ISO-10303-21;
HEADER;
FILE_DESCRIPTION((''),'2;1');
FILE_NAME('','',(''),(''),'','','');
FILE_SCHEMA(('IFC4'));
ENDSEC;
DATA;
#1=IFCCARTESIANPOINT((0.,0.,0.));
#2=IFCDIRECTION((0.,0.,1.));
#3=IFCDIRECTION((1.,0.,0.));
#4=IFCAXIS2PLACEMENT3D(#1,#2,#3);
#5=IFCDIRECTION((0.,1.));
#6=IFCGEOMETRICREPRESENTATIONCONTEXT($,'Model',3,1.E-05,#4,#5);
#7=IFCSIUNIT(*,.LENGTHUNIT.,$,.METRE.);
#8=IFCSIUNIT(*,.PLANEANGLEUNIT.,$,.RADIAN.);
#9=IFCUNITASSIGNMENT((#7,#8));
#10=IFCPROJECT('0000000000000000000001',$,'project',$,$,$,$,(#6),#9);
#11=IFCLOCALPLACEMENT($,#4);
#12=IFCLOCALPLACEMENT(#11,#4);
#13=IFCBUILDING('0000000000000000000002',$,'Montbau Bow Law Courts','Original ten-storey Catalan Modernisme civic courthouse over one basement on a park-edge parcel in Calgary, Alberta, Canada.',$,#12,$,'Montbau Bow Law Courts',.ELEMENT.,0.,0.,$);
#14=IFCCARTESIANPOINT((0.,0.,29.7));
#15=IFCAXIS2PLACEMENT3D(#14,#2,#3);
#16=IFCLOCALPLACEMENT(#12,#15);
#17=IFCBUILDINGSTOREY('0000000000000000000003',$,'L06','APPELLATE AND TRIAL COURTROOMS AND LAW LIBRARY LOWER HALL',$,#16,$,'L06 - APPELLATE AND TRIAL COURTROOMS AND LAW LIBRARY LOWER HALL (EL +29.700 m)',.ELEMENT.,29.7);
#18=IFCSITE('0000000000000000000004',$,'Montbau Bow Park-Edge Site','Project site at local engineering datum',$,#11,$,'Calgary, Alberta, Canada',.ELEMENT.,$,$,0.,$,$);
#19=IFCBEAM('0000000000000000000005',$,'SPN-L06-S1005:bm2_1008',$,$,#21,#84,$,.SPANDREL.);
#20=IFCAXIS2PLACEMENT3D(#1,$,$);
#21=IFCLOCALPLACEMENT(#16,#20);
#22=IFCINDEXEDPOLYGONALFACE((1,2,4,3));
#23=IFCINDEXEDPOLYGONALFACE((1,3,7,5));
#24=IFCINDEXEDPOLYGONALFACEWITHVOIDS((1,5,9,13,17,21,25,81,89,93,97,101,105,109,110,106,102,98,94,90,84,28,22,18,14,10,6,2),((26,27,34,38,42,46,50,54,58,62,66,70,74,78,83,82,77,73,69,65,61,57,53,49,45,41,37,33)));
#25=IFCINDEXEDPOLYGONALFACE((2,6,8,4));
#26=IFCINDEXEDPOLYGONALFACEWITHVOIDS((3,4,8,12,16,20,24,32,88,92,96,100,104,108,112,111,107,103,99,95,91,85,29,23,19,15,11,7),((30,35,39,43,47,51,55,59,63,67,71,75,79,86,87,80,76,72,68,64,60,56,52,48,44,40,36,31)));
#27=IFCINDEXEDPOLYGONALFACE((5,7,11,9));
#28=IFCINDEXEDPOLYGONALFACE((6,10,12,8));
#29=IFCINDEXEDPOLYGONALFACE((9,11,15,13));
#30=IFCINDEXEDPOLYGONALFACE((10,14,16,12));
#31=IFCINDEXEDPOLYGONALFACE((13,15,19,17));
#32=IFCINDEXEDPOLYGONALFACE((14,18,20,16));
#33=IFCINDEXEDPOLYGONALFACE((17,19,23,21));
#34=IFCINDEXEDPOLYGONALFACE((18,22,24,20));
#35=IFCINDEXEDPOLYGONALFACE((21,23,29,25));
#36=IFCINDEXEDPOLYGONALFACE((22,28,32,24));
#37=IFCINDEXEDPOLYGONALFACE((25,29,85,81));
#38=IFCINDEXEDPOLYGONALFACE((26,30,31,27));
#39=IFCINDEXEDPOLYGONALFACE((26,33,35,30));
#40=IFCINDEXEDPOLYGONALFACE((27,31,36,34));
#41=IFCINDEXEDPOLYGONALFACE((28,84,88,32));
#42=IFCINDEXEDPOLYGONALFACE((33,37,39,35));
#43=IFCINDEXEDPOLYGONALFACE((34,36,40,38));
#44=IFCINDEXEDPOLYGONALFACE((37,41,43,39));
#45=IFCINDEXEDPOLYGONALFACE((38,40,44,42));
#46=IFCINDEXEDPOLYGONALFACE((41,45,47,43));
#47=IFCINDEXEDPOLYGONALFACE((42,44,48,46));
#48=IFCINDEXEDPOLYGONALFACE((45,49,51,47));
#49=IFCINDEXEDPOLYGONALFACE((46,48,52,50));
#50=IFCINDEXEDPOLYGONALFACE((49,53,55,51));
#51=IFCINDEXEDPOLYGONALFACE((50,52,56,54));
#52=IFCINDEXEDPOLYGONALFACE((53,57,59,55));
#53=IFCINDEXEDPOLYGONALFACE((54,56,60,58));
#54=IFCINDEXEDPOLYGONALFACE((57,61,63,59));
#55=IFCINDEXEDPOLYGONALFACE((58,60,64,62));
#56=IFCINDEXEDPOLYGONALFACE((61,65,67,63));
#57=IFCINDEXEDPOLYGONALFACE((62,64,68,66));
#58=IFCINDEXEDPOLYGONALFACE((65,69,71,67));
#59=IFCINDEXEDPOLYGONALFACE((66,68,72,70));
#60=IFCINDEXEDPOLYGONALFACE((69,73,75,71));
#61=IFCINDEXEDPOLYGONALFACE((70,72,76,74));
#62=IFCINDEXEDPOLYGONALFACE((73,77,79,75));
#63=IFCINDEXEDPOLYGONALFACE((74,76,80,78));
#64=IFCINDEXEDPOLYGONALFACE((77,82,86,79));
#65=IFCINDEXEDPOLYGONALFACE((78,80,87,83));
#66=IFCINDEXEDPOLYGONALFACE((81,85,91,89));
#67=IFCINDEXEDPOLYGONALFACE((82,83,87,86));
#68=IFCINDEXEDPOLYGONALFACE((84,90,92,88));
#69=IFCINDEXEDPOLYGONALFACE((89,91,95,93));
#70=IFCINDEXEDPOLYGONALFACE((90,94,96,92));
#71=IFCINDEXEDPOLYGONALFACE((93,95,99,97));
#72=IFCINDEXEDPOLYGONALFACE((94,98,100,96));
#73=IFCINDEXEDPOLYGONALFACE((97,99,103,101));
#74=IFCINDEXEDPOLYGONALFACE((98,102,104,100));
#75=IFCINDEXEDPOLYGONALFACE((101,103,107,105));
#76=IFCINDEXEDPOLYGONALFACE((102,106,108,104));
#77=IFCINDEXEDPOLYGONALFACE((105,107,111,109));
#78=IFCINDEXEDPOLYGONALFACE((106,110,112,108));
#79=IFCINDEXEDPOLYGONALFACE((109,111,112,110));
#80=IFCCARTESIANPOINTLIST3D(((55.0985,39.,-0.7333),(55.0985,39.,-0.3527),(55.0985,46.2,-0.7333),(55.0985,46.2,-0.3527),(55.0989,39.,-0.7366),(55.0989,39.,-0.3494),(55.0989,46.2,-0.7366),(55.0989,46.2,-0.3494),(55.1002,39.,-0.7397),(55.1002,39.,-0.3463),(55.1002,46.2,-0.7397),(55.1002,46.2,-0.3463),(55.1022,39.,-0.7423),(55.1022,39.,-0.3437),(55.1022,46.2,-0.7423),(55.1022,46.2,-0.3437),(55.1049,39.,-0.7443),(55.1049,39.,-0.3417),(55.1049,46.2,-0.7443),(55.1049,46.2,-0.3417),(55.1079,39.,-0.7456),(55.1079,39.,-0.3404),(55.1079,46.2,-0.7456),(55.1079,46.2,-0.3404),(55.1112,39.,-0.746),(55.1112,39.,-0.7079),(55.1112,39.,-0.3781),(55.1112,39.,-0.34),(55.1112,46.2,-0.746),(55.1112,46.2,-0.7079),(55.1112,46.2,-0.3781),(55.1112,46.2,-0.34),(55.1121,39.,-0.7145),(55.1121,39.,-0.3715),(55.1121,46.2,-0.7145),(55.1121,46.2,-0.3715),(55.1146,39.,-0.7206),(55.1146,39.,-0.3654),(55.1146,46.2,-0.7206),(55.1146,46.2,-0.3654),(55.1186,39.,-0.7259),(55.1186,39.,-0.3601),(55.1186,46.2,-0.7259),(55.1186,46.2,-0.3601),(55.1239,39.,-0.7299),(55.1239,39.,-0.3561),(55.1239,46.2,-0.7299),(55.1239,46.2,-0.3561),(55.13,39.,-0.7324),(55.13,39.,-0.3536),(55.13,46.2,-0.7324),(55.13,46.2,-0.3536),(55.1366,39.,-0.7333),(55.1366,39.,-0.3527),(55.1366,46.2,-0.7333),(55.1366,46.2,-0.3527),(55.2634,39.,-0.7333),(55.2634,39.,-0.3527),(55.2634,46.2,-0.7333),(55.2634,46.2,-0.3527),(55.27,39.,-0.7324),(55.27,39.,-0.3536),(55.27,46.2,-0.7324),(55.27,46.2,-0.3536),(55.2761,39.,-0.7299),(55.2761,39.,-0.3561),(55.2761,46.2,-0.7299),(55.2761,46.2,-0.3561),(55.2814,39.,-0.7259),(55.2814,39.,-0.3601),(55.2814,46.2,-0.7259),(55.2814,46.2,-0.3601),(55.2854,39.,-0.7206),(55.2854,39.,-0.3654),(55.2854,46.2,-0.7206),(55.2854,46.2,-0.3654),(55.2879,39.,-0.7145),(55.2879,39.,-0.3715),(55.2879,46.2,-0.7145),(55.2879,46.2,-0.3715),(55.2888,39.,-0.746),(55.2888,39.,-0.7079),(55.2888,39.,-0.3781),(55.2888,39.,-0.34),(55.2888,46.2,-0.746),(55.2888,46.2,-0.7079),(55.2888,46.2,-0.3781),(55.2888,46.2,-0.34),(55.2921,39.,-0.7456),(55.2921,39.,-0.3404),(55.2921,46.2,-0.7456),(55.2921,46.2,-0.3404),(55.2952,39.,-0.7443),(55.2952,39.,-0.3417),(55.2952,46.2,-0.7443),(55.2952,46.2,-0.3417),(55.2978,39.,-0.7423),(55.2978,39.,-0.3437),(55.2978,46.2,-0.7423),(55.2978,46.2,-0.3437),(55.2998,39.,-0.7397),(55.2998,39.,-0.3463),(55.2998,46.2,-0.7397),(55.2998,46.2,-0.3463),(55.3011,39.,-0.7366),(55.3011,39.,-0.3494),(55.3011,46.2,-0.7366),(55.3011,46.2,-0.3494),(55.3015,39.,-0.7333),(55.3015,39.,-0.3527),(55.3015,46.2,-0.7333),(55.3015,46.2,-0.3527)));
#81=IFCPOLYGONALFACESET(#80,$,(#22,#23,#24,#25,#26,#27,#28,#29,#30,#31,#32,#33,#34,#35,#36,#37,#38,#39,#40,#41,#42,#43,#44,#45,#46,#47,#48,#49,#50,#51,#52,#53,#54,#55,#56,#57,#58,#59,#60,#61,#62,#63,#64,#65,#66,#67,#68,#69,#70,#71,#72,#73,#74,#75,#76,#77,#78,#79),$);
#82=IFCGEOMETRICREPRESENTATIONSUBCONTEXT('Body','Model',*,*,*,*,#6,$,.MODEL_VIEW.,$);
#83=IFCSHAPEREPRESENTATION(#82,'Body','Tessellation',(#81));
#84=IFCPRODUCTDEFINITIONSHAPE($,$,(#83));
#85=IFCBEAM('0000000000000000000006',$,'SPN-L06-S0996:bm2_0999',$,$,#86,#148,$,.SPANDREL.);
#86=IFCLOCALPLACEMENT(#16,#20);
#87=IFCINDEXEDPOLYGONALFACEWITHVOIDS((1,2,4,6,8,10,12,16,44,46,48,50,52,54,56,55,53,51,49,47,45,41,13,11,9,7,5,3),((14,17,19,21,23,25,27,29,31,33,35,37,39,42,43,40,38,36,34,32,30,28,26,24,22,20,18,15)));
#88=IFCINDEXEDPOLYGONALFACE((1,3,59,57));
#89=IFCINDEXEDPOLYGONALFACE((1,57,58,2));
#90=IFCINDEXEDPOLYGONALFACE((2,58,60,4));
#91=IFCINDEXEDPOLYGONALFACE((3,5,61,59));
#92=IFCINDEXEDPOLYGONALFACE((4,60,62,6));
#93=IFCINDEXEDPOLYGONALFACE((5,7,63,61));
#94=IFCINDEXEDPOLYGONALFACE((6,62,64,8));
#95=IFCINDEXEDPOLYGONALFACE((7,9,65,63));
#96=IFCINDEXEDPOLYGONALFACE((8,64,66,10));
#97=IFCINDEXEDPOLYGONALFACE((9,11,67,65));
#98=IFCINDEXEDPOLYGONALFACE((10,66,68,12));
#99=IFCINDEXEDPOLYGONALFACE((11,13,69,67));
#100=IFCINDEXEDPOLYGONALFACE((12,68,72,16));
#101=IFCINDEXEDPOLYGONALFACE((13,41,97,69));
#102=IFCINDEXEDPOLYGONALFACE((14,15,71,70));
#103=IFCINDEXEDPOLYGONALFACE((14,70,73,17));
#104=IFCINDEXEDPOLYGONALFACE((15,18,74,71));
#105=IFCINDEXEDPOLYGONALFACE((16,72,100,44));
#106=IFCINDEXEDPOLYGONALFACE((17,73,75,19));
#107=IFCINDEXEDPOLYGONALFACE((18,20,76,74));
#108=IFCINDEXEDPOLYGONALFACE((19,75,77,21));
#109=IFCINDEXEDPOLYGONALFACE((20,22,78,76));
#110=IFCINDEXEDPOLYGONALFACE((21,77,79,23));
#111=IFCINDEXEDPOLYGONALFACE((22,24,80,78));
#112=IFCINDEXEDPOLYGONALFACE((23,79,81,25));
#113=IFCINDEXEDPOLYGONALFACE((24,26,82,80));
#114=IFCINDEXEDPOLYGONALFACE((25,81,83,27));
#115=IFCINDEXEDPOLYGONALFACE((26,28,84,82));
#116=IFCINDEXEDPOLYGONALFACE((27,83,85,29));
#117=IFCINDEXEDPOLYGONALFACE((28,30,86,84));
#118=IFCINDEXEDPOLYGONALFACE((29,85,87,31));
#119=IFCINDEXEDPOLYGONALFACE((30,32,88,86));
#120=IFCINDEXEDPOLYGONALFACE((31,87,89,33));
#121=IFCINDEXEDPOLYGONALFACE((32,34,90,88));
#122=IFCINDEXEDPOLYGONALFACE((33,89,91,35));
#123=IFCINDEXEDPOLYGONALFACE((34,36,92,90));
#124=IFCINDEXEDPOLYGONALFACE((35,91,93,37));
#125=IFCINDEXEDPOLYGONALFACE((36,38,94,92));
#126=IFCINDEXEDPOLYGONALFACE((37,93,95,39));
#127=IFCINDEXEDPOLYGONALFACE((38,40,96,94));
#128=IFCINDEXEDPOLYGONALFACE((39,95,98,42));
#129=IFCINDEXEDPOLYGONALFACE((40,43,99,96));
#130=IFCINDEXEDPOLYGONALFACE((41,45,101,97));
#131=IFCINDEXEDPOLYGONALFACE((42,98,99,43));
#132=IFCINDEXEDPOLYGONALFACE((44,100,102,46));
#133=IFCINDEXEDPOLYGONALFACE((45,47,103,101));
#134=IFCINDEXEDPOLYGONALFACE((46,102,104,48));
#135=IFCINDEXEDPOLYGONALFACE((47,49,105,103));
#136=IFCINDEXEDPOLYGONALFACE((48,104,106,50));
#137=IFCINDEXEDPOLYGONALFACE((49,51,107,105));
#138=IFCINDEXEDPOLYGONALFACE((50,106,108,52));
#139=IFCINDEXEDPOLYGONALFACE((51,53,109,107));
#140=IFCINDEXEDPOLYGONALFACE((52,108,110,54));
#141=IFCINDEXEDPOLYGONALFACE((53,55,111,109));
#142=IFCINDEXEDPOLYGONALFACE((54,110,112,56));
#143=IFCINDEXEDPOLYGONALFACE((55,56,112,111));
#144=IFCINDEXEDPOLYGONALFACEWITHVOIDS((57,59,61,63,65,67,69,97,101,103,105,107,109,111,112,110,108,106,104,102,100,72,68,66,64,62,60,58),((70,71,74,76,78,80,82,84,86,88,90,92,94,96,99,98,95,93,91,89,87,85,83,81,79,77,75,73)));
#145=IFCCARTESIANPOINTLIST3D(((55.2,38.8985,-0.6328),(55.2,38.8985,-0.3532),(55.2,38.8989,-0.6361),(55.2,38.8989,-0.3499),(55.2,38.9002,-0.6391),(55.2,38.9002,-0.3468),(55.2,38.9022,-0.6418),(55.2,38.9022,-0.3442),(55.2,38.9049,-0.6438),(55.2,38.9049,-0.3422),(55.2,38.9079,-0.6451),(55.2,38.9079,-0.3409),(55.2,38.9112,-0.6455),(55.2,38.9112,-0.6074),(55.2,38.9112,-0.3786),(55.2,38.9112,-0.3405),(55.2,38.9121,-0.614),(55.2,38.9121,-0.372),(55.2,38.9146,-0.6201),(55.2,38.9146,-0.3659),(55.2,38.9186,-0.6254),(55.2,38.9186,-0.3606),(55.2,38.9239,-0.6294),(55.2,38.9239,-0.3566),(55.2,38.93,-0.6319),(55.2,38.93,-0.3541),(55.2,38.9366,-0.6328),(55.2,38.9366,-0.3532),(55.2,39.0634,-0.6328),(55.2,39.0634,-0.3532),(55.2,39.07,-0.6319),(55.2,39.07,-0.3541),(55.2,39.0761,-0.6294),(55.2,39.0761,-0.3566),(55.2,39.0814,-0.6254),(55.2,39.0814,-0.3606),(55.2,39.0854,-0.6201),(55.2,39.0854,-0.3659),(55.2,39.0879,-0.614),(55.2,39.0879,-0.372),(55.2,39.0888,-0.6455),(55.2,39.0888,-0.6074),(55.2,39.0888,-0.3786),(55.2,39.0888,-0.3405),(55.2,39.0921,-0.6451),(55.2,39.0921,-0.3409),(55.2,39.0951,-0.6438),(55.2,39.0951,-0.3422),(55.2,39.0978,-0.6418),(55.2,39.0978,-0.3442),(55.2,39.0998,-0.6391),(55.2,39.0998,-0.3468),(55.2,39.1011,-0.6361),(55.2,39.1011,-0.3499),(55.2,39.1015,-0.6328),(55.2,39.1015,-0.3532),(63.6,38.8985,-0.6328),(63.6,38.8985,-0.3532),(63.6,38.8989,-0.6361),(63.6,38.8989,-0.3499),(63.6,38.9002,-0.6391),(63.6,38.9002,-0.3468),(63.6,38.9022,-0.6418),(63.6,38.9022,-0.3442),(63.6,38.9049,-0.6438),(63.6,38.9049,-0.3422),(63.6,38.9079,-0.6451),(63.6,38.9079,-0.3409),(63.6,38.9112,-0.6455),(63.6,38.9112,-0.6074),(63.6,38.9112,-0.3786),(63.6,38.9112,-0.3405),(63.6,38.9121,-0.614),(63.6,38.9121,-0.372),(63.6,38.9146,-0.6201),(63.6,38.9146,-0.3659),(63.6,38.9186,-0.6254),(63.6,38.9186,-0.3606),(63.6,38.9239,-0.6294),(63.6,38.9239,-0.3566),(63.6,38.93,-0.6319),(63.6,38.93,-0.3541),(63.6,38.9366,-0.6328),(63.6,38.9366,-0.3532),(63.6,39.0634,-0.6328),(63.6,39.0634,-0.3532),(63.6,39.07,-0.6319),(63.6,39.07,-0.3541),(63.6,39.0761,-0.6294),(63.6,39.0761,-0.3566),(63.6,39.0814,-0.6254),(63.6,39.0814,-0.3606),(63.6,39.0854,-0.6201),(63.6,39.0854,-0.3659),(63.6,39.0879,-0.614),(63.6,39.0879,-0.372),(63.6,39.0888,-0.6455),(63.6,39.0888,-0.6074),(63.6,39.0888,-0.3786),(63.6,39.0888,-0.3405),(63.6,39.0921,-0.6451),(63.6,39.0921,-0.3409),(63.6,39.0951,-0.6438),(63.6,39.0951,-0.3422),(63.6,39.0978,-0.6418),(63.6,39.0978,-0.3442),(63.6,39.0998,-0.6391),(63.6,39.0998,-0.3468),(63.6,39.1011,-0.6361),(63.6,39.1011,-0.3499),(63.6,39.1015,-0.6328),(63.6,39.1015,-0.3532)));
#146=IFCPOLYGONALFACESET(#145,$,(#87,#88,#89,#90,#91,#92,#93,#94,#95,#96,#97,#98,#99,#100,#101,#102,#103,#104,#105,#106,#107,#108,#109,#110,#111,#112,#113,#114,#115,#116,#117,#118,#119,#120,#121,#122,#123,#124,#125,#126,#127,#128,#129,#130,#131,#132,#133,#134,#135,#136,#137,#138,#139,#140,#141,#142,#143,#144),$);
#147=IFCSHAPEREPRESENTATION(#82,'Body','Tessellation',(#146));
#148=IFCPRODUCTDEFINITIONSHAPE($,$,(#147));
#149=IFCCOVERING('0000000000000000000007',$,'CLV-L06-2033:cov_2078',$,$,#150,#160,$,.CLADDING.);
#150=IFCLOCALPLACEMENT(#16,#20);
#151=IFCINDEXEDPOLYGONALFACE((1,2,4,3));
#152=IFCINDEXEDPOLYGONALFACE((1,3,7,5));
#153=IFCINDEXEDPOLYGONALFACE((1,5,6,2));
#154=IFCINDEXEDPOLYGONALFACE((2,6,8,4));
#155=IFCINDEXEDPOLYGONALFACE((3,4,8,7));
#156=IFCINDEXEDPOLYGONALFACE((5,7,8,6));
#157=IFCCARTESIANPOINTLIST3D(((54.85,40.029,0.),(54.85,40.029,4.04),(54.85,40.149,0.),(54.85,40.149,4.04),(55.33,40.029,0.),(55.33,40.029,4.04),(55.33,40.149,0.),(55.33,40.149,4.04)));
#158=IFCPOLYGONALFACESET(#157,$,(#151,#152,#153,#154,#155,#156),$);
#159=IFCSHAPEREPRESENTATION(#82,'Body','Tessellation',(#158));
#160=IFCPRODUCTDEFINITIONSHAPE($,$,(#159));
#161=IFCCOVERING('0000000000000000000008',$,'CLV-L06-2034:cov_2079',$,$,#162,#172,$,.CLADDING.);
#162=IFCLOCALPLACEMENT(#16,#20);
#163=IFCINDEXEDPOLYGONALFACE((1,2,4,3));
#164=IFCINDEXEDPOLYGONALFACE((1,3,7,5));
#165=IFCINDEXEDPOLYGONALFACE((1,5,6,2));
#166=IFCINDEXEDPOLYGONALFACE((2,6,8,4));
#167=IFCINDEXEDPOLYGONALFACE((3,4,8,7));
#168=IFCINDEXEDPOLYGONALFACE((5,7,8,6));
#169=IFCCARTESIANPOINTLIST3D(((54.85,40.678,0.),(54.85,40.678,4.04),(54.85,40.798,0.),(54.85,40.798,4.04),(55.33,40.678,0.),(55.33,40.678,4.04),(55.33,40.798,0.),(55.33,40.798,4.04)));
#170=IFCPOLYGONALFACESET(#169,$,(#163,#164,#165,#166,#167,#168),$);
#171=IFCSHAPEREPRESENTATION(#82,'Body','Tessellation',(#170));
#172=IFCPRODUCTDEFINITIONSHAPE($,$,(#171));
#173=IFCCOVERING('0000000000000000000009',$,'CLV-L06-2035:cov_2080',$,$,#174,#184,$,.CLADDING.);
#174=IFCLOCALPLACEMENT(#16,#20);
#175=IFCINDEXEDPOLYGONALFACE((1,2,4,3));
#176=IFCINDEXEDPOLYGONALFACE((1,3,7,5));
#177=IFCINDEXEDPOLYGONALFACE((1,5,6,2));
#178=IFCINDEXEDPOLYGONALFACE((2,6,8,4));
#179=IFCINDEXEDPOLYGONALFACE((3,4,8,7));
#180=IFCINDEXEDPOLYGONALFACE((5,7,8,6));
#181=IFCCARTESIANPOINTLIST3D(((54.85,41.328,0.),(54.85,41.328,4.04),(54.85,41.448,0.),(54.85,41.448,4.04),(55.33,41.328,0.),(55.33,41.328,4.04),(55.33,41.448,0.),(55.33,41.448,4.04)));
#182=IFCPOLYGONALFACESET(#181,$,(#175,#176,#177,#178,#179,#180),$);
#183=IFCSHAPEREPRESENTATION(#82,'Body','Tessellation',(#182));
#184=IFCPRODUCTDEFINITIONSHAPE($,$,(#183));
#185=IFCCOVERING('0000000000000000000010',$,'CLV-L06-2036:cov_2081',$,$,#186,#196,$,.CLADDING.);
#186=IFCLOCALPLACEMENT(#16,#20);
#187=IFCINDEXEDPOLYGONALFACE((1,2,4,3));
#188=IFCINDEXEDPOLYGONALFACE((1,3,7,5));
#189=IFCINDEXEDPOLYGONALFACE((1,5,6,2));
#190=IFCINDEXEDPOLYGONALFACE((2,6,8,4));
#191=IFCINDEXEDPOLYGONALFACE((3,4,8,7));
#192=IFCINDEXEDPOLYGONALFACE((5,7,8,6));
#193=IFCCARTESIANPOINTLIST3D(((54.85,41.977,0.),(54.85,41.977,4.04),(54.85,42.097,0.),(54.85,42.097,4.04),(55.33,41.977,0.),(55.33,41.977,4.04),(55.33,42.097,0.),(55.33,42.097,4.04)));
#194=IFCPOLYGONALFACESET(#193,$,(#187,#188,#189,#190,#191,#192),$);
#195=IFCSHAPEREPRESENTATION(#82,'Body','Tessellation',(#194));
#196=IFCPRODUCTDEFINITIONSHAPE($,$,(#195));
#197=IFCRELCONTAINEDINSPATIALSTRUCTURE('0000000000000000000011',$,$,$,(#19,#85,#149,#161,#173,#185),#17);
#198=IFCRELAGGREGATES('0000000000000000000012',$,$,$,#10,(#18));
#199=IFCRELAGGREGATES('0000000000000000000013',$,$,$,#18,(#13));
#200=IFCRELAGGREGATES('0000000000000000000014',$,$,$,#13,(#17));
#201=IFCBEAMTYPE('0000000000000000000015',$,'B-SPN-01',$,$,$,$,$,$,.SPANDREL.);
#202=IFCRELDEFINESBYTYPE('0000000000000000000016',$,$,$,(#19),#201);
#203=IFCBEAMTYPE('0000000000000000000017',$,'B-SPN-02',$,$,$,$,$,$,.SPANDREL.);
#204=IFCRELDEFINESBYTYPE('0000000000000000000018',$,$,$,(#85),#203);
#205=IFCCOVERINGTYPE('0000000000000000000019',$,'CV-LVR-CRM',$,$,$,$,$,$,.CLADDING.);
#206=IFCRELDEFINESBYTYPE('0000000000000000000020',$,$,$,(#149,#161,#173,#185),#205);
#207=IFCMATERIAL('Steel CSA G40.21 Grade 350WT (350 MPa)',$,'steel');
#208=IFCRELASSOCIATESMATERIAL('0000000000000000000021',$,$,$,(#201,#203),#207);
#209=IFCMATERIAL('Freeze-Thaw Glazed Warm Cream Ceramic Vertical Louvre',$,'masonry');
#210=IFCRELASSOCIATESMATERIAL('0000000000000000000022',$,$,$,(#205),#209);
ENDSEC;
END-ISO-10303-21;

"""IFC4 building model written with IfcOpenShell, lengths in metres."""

from ifc_helpers import new_model, si_unit, direction, frame, frame_2d, origin_with_axes, origin_2d_with_axis, place, context, subcontext, project, spatial, rectangle, hollow_rectangle, extrude, material, material_profile, profile_set, type_object, element, save


model = new_model("IFC4")

# Units and contexts
model_context = context("Model", 3, precision=1e-05, world=origin_with_axes(), true_north=direction((0.0, 1.0)))
body_context = subcontext(model_context, "Body", "Model", "MODEL_VIEW")
ifc_project = project(units=[si_unit("LENGTHUNIT", "METRE"), si_unit("PLANEANGLEUNIT", "RADIAN")], contexts=[model_context])

# Site, building, storey
site_placement = place(None, origin_with_axes())
site = spatial("IfcSite", under=ifc_project, at=site_placement, Name="Montbau Bow Park-Edge Site", Description="Project site at local engineering datum", LongName="Calgary, Alberta, Canada", CompositionType="ELEMENT", RefElevation=0.0)
building_placement = place(site_placement, origin_with_axes())
building = spatial("IfcBuilding", under=site, at=building_placement, Name="Montbau Bow Law Courts", Description="Original ten-storey Catalan Modernisme civic courthouse over one basement on a park-edge parcel in Calgary, Alberta, Canada.", LongName="Montbau Bow Law Courts", CompositionType="ELEMENT", ElevationOfRefHeight=0.0, ElevationOfTerrain=0.0)
storey_placement = place(building_placement, frame((0.0, 0.0, 29.7), z_axis=(0.0, 0.0, 1.0), x_axis=(1.0, 0.0, 0.0)))
storey = spatial("IfcBuildingStorey", under=building, at=storey_placement, Name="L06", Description="APPELLATE AND TRIAL COURTROOMS AND LAW LIBRARY LOWER HALL", LongName="L06 - APPELLATE AND TRIAL COURTROOMS AND LAW LIBRARY LOWER HALL (EL +29.700 m)", CompositionType="ELEMENT", Elevation=29.7)

# Beams
ifc_material_1 = material(Name="Steel CSA G40.21 Grade 350WT (350 MPa)", Category="steel")
ifc_material_profile_1 = material_profile(ifc_material_1, hollow_rectangle(XDim=0.203, YDim=0.406, WallThickness=0.0127, InnerFilletRadius=0.0254, OuterFilletRadius=0.0127, at=origin_2d_with_axis()), Name="HSS406X203X13", Category="Main", Priority=0)
ifc_profile_set_1 = profile_set([ifc_material_profile_1], Name="Steel CSA G40.21 Grade 350WT (350 MPa)")
beam_type_1 = type_object("IfcBeamType", Name="B-SPN-01", PredefinedType="SPANDREL", material=ifc_profile_set_1)
for number, where, z_axis, x_axis, name in (
    (1, (55.2, 39.0, 29.157), (0.0, 1.0, 0.0), (-1.0, 0.0, 0.0), "SPN-L06-S1005:bm2_1008"),
):
    element("IfcBeam", number, at=place(None, frame(where, z_axis=z_axis, x_axis=x_axis)), inside=storey, type_object=beam_type_1, Name=name, PredefinedType="SPANDREL", context=body_context, shape_type="SweptSolid", body=[
        extrude(hollow_rectangle(XDim=0.203, YDim=0.406, WallThickness=0.0127, InnerFilletRadius=0.0254, OuterFilletRadius=0.0127, at=origin_2d_with_axis()), origin_with_axes(), (0.0, 0.0, 1.0), 7.2),
    ])
ifc_material_profile_2 = material_profile(ifc_material_1, hollow_rectangle(XDim=0.203, YDim=0.305, WallThickness=0.0127, InnerFilletRadius=0.0254, OuterFilletRadius=0.0127, at=origin_2d_with_axis()), Name="HSS305X203X13", Category="Main", Priority=0)
ifc_profile_set_2 = profile_set([ifc_material_profile_2], Name="Steel CSA G40.21 Grade 350WT (350 MPa)")
beam_type_2 = type_object("IfcBeamType", Name="B-SPN-02", PredefinedType="SPANDREL", material=ifc_profile_set_2)
beam_1_placement = place(None, frame((55.2, 39.0, 29.207), z_axis=(1.0, 0.0, 0.0), x_axis=(0.0, 1.0, 0.0)))
element("IfcBeam", 2, at=beam_1_placement, inside=storey, type_object=beam_type_2, Name="SPN-L06-S0996:bm2_0999", PredefinedType="SPANDREL", context=body_context, shape_type="SweptSolid", body=[
    extrude(hollow_rectangle(XDim=0.203, YDim=0.305, WallThickness=0.0127, InnerFilletRadius=0.0254, OuterFilletRadius=0.0127, at=origin_2d_with_axis()), origin_with_axes(), (0.0, 0.0, 1.0), 8.4),
])

# Coverings
ifc_material_2 = material(Name="Freeze-Thaw Glazed Warm Cream Ceramic Vertical Louvre", Category="masonry")
covering_type = type_object("IfcCoveringType", Name="CV-LVR-CRM", PredefinedType="CLADDING", material=ifc_material_2)
for number, where, z_axis, x_axis, name in (
    (3, (55.33, 40.089, 29.7), (0.0, 1.0, 0.0), (-1.0, 0.0, 0.0), "CLV-L06-2033:cov_2078"),
    (4, (55.33, 40.738, 29.7), (0.0, 1.0, 0.0), (-1.0, 0.0, 0.0), "CLV-L06-2034:cov_2079"),
    (5, (55.33, 41.388, 29.7), (0.0, 1.0, 0.0), (-1.0, 0.0, 0.0), "CLV-L06-2035:cov_2080"),
    (6, (55.33, 42.037, 29.7), (0.0, 1.0, 0.0), (-1.0, 0.0, 0.0), "CLV-L06-2036:cov_2081"),
):
    element("IfcCovering", number, at=place(None, frame(where, z_axis=z_axis, x_axis=x_axis)), inside=storey, type_object=covering_type, Name=name, PredefinedType="CLADDING", context=body_context, shape_type="SweptSolid", body=[
        extrude(rectangle(XDim=0.48, YDim=4.04, at=frame_2d((0.24, 2.02), x_axis=(1.0, 0.0))), frame((0.0, 0.0, -0.06), z_axis=(0.0, 0.0, 1.0), x_axis=(1.0, 0.0, 0.0)), (0.0, 0.0, 1.0), 0.12),
    ])

save(model, "model.ifc")
